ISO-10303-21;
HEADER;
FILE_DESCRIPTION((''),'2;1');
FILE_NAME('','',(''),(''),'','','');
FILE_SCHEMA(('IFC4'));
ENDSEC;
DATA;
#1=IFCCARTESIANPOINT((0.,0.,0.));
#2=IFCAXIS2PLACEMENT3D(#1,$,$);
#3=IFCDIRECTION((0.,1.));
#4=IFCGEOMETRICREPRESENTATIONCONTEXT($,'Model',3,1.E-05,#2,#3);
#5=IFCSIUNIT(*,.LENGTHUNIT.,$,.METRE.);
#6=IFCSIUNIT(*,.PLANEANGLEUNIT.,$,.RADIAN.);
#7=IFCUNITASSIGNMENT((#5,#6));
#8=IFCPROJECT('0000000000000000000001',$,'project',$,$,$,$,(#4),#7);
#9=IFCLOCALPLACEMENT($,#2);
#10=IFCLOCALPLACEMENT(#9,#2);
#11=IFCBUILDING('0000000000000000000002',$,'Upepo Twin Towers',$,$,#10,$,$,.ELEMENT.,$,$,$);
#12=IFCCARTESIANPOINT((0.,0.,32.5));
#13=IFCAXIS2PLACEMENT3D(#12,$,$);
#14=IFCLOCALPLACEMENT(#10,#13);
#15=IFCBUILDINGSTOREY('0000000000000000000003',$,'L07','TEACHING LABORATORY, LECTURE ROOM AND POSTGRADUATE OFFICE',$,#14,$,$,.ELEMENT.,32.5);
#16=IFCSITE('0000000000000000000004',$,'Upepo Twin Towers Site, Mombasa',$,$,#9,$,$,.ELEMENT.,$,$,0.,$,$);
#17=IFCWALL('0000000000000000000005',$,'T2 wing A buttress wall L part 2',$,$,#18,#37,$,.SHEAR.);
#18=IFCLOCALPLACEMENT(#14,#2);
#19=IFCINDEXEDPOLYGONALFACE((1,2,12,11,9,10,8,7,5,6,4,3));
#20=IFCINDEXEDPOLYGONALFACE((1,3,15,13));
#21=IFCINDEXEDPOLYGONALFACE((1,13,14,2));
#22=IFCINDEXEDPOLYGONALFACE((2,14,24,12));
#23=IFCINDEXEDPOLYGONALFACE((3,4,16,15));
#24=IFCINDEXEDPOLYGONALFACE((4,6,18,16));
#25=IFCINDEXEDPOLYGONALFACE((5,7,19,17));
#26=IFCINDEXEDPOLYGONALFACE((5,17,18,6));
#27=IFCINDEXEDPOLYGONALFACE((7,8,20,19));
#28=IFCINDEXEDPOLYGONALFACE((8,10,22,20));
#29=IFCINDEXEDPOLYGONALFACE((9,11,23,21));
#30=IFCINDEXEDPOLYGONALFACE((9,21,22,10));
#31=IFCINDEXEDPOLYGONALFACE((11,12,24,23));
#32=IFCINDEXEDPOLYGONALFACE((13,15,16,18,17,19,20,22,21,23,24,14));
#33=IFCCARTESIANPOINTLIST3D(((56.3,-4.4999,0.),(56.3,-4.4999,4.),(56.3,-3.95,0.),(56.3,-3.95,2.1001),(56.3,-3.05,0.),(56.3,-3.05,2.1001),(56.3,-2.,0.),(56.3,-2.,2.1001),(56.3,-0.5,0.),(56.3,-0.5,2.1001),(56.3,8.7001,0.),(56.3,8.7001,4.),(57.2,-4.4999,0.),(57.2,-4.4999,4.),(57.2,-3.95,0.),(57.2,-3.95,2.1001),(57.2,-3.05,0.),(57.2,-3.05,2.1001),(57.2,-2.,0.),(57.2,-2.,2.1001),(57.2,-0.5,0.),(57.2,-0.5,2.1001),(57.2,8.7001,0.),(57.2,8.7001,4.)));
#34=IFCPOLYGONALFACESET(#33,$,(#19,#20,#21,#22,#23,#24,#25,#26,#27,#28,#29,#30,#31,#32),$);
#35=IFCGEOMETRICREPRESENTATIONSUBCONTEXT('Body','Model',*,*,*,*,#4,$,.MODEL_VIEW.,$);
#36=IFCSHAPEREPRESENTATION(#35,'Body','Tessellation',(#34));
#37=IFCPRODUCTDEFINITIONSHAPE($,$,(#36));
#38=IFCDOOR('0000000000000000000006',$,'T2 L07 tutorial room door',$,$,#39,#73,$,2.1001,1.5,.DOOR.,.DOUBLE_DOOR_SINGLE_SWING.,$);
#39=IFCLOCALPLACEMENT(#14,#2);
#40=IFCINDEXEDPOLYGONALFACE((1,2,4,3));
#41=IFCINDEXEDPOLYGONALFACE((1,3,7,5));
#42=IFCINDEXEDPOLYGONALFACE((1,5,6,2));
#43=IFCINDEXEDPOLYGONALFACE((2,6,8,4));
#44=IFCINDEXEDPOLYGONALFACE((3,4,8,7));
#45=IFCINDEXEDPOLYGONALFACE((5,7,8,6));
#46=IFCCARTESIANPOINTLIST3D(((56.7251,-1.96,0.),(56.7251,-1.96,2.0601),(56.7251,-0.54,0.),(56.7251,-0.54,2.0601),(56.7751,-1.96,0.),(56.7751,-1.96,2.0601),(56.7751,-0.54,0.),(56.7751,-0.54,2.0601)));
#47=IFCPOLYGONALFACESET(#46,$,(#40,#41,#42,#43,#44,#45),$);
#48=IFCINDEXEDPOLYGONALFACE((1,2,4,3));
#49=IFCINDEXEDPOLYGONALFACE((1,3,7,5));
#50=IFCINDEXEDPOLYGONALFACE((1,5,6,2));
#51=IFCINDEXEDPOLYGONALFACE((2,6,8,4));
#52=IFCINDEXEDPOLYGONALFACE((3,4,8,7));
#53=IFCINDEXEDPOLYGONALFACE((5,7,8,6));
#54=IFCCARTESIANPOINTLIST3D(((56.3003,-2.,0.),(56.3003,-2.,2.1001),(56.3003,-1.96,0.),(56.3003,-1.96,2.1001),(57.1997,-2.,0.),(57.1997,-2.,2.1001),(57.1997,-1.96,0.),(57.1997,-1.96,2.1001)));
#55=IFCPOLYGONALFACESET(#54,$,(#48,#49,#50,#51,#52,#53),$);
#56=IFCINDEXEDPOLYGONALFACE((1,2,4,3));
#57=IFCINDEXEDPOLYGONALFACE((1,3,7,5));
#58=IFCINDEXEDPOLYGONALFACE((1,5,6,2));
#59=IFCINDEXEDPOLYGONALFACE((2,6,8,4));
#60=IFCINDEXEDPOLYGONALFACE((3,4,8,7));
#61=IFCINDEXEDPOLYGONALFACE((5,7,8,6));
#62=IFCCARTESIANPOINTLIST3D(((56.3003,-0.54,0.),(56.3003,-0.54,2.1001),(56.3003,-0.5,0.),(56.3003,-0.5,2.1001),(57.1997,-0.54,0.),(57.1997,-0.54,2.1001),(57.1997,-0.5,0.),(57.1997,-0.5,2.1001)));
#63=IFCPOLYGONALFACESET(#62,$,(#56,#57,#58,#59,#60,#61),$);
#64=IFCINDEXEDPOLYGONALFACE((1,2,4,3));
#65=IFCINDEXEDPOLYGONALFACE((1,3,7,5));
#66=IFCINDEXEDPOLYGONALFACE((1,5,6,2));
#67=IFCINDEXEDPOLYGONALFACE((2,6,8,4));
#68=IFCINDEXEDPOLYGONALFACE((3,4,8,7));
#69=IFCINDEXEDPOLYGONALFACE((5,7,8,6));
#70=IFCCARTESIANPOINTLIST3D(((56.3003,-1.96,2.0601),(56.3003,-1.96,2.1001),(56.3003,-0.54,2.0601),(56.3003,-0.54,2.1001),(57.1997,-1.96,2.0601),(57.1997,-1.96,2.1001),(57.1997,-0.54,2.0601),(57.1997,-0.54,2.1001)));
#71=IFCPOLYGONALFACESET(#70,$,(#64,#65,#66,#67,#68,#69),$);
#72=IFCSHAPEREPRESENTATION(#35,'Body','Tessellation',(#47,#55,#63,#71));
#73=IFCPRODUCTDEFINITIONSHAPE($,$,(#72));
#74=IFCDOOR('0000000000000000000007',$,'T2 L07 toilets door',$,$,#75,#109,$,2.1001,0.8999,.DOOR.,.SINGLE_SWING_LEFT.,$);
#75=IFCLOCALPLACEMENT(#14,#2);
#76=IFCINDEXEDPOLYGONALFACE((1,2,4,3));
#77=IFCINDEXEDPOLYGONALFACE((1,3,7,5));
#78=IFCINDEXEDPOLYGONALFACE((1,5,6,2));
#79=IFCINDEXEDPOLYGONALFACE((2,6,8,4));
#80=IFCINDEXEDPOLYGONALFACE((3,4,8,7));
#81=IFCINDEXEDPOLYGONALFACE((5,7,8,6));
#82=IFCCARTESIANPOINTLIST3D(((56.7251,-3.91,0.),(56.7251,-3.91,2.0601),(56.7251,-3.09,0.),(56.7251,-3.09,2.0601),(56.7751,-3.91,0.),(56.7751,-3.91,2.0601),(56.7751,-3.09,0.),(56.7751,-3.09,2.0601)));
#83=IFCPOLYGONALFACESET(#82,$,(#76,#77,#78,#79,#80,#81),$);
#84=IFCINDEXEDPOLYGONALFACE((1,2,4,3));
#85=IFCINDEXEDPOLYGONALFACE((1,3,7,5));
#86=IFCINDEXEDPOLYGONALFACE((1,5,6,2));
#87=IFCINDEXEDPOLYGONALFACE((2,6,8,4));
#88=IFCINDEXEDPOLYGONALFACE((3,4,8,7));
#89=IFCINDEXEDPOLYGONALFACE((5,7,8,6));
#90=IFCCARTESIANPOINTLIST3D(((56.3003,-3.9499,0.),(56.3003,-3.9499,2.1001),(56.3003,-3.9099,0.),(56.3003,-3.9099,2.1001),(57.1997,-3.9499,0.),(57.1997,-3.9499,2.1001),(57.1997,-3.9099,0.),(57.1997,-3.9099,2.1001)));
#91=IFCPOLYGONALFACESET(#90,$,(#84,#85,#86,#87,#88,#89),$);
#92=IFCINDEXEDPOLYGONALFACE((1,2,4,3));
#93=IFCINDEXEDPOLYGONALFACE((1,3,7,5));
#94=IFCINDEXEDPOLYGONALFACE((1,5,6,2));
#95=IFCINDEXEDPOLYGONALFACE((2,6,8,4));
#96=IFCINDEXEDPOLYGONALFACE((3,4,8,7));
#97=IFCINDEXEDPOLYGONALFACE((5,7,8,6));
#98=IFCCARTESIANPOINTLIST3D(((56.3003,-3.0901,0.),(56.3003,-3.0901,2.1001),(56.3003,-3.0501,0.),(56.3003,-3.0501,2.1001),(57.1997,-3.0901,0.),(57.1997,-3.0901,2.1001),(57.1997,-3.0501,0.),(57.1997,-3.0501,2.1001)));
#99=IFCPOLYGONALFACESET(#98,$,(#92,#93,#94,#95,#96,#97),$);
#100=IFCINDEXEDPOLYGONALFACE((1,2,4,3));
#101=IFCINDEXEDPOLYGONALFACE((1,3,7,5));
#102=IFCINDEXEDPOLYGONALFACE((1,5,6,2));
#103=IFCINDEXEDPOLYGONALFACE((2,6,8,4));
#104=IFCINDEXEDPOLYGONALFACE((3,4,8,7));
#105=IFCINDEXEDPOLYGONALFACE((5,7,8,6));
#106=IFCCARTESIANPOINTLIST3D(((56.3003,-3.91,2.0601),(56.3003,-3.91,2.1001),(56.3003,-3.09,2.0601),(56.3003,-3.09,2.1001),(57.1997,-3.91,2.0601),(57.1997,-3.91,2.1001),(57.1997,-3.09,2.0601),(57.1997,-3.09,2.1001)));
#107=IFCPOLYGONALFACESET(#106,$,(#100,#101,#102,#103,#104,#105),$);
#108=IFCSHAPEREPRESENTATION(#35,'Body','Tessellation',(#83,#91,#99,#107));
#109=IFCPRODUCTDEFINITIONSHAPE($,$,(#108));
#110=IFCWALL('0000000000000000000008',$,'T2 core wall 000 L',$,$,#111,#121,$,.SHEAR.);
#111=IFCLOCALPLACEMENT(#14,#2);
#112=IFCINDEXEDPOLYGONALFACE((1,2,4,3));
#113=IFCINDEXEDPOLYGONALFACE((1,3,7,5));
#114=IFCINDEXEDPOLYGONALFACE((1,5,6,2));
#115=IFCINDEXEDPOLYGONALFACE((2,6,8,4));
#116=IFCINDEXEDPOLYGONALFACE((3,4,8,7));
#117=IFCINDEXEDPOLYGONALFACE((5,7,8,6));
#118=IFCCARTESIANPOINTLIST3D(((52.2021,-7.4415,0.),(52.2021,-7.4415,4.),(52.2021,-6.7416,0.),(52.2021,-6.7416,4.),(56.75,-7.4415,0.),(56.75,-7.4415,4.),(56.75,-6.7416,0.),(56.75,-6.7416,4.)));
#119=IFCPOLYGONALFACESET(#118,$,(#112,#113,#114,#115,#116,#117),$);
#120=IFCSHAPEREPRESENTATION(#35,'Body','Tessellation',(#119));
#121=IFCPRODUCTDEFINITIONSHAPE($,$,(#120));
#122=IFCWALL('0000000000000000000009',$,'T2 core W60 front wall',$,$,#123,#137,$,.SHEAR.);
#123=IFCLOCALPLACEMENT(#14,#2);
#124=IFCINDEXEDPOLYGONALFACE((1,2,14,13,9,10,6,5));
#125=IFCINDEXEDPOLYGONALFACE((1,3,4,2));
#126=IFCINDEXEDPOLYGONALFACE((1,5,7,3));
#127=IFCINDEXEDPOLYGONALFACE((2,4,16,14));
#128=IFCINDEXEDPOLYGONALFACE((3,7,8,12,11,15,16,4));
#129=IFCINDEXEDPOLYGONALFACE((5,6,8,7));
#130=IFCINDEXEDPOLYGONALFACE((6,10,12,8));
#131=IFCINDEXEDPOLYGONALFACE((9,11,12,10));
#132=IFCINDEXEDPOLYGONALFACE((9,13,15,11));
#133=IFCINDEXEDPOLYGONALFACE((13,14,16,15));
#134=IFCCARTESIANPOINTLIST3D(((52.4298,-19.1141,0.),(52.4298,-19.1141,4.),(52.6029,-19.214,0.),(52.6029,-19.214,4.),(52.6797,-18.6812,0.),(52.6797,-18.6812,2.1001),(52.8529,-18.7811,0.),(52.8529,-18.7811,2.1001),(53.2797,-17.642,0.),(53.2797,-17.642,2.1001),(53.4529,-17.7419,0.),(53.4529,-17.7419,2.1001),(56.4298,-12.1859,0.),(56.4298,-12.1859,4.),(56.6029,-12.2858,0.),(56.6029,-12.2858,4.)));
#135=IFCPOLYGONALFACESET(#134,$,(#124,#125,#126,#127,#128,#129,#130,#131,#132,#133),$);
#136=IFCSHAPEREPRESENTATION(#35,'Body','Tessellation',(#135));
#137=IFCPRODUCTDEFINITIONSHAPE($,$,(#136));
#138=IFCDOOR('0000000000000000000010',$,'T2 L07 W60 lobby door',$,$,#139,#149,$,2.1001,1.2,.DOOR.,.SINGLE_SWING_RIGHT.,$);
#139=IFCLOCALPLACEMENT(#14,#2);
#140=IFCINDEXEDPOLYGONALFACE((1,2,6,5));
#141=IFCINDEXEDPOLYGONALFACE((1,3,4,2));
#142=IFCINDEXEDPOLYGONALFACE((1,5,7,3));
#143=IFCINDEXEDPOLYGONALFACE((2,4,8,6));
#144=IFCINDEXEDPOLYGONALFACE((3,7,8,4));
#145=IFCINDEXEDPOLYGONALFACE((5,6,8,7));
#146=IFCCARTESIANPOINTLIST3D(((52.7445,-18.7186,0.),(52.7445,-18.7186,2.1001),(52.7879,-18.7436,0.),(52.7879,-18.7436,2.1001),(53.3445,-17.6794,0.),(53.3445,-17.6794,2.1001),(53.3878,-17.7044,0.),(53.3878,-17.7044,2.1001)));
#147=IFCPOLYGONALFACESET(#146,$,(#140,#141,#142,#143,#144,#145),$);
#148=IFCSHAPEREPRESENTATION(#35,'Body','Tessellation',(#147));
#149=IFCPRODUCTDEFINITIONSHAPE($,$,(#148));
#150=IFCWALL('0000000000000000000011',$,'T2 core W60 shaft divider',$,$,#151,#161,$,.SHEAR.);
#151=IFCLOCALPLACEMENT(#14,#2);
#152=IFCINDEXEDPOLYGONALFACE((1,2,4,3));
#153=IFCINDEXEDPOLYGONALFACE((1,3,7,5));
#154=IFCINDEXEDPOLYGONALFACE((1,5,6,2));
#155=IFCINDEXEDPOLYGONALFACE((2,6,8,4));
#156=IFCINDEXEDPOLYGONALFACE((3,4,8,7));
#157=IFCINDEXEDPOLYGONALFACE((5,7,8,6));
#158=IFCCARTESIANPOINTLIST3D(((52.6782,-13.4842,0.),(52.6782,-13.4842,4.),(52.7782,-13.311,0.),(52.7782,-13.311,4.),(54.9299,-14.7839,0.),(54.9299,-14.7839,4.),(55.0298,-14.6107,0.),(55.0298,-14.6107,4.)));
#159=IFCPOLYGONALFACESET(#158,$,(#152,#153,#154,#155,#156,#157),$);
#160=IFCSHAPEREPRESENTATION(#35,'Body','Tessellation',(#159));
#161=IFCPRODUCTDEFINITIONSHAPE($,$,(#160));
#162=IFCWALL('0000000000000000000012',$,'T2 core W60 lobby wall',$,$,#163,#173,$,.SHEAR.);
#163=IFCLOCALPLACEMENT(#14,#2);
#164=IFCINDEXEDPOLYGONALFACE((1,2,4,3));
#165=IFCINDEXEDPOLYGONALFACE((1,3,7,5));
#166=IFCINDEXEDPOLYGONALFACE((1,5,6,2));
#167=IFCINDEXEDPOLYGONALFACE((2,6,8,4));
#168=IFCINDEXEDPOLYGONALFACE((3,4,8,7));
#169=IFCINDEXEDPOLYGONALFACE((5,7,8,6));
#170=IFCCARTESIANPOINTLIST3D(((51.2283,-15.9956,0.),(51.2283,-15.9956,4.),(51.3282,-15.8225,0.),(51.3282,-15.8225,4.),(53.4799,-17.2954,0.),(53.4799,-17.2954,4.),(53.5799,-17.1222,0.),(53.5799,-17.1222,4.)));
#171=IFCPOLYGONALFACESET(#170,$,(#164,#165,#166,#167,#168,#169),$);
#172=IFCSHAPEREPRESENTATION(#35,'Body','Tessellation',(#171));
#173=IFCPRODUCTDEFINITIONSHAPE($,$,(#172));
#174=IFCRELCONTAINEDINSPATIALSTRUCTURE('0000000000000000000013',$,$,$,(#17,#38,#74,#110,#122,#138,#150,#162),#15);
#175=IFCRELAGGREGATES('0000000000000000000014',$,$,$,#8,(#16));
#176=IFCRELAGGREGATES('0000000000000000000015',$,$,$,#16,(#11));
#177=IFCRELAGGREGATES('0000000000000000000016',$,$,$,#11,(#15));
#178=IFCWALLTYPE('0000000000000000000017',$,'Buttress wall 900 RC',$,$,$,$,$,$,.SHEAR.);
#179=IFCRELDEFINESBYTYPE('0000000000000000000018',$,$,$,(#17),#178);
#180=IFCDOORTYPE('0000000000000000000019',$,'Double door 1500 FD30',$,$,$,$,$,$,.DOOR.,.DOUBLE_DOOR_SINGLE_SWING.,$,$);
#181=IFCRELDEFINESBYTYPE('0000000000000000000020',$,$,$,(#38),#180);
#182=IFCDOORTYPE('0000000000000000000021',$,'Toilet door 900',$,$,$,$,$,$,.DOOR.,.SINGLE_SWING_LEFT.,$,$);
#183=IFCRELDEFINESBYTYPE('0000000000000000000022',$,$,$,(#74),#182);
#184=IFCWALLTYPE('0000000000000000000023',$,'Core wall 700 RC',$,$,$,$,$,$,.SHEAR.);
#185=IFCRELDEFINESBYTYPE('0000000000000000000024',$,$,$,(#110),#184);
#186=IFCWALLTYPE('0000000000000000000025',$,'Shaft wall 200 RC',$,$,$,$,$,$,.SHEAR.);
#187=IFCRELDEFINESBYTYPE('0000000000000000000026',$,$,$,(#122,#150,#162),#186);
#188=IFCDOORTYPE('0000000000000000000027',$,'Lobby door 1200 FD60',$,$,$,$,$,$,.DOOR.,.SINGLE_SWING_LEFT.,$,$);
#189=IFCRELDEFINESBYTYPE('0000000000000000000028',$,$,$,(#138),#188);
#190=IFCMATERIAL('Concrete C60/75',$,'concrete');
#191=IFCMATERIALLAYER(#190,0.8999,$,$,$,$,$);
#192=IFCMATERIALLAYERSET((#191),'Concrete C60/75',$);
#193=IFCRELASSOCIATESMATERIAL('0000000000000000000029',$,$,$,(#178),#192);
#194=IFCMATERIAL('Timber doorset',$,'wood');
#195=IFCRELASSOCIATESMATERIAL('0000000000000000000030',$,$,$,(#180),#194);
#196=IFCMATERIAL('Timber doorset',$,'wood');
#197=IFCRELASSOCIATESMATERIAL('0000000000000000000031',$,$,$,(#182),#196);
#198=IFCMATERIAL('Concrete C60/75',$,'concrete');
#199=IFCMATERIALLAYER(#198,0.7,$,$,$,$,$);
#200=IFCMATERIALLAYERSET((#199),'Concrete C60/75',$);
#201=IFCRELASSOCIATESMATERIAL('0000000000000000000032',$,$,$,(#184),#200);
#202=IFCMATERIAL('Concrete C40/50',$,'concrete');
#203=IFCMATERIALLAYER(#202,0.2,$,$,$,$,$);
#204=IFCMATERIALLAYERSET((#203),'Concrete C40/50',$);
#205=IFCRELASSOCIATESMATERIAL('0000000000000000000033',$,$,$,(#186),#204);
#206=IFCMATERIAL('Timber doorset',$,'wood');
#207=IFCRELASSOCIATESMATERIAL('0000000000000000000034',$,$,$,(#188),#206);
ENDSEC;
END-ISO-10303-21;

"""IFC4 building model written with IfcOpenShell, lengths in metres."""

from ifc_helpers import new_model, si_unit, direction, frame, frame_2d, origin, place, context, subcontext, project, spatial, rectangle, extrude, material, layer, layer_set, type_object, element, fill, save


model = new_model("IFC4")

# Units and contexts
model_context = context("Model", 3, precision=1e-05, world=origin(), true_north=direction((0.0, 1.0)))
body_context = subcontext(model_context, "Body", "Model", "MODEL_VIEW")
ifc_project = project(units=[si_unit("LENGTHUNIT", "METRE"), si_unit("PLANEANGLEUNIT", "RADIAN")], contexts=[model_context])

# Site, building, storey
site_placement = place(None, origin())
site = spatial("IfcSite", under=ifc_project, at=site_placement, Name="Upepo Twin Towers Site, Mombasa", CompositionType="ELEMENT", RefElevation=0.0)
building_placement = place(site_placement, origin())
building = spatial("IfcBuilding", under=site, at=building_placement, Name="Upepo Twin Towers", CompositionType="ELEMENT")
storey_placement = place(building_placement, frame((0.0, 0.0, 32.5)))
storey = spatial("IfcBuildingStorey", under=building, at=storey_placement, Name="L07", Description="TEACHING LABORATORY, LECTURE ROOM AND POSTGRADUATE OFFICE", CompositionType="ELEMENT", Elevation=32.5)

# Wall, openings, doors
ifc_material_1 = material(Name="Concrete C60/75", Category="concrete")
ifc_layer_1 = layer(ifc_material_1, 0.8999)
ifc_layer_set_1 = layer_set([ifc_layer_1], Name="Concrete C60/75")
wall_type_1 = type_object("IfcWallType", Name="Buttress wall 900 RC", PredefinedType="SHEAR", material=ifc_layer_set_1)
wall_1_placement = place(storey_placement, frame((56.75, -4.5, 0.0), z_axis=(0.0, 0.0, 1.0), x_axis=(0.0, 1.0, 0.0)))
wall_1 = element("IfcWall", 1, at=wall_1_placement, inside=storey, type_object=wall_type_1, Name="T2 wing A buttress wall L part 2", PredefinedType="SHEAR", context=body_context, shape_type="SweptSolid", body=[
    extrude(rectangle(XDim=13.2, YDim=0.8999, at=frame_2d((6.6001, 0.0))), origin(), (0.0, 0.0, 1.0), 4.0),
])
opening_1_placement = place(wall_1_placement, frame((0.55, 0.0, 0.0)))
opening_1 = element("IfcOpeningElement", 2, at=opening_1_placement, cuts=wall_1, PredefinedType="OPENING", context=body_context, shape_type="SweptSolid", body=[
    extrude(rectangle(XDim=0.8999, YDim=2.1001, at=frame_2d((0.45, 1.05))), frame((0.0, 0.46, 0.0), z_axis=(0.0, -1.0, 0.0), x_axis=(1.0, 0.0, 0.0)), (0.0, 0.0, 1.0), 0.9199),
])
opening_2_placement = place(wall_1_placement, frame((2.5, 0.0, 0.0)))
opening_2 = element("IfcOpeningElement", 3, at=opening_2_placement, cuts=wall_1, PredefinedType="OPENING", context=body_context, shape_type="SweptSolid", body=[
    extrude(rectangle(XDim=1.5, YDim=2.1001, at=frame_2d((0.75, 1.05))), frame((0.0, 0.46, 0.0), z_axis=(0.0, -1.0, 0.0), x_axis=(1.0, 0.0, 0.0)), (0.0, 0.0, 1.0), 0.9199),
])
ifc_material_2 = material(Name="Timber doorset", Category="wood")
door_type_1 = type_object("IfcDoorType", Name="Double door 1500 FD30", OperationType="DOUBLE_DOOR_SINGLE_SWING", PredefinedType="DOOR", material=ifc_material_2)
door_1_placement = place(opening_2_placement, origin())
door_1 = element("IfcDoor", 4, at=door_1_placement, inside=storey, type_object=door_type_1, Name="T2 L07 tutorial room door", OperationType="DOUBLE_DOOR_SINGLE_SWING", OverallHeight=2.1001, OverallWidth=1.5, PredefinedType="DOOR", context=body_context, shape_type="SweptSolid", body=[
    extrude(rectangle(XDim=1.42, YDim=2.0601, at=frame_2d((0.75, 1.03))), frame((0.0, 0.0249, 0.0), z_axis=(0.0, -1.0, 0.0), x_axis=(1.0, 0.0, 0.0)), (0.0, 0.0, 1.0), 0.05),
    extrude(rectangle(XDim=0.04, YDim=2.1001, at=frame_2d((0.02, 1.05))), frame((0.0, 0.4497, 0.0), z_axis=(0.0, -1.0, 0.0), x_axis=(1.0, 0.0, 0.0)), (0.0, 0.0, 1.0), 0.8994),
    extrude(rectangle(XDim=0.04, YDim=2.1001, at=frame_2d((1.48, 1.05))), frame((0.0, 0.4497, 0.0), z_axis=(0.0, -1.0, 0.0), x_axis=(1.0, 0.0, 0.0)), (0.0, 0.0, 1.0), 0.8994),
    extrude(rectangle(XDim=1.42, YDim=0.04, at=frame_2d((0.75, 2.0801))), frame((0.0, 0.4497, 0.0), z_axis=(0.0, -1.0, 0.0), x_axis=(1.0, 0.0, 0.0)), (0.0, 0.0, 1.0), 0.8994),
])
fill(opening_2, door_1)
ifc_material_3 = material(Name="Timber doorset", Category="wood")
door_type_2 = type_object("IfcDoorType", Name="Toilet door 900", OperationType="SINGLE_SWING_LEFT", PredefinedType="DOOR", material=ifc_material_3)
door_2_placement = place(opening_1_placement, origin())
door_2 = element("IfcDoor", 5, at=door_2_placement, inside=storey, type_object=door_type_2, Name="T2 L07 toilets door", OperationType="SINGLE_SWING_LEFT", OverallHeight=2.1001, OverallWidth=0.8999, PredefinedType="DOOR", context=body_context, shape_type="SweptSolid", body=[
    extrude(rectangle(XDim=0.8199, YDim=2.0601, at=frame_2d((0.45, 1.03))), frame((0.0, 0.0249, 0.0), z_axis=(0.0, -1.0, 0.0), x_axis=(1.0, 0.0, 0.0)), (0.0, 0.0, 1.0), 0.05),
    extrude(rectangle(XDim=0.04, YDim=2.1001, at=frame_2d((0.02, 1.05))), frame((0.0, 0.4497, 0.0), z_axis=(0.0, -1.0, 0.0), x_axis=(1.0, 0.0, 0.0)), (0.0, 0.0, 1.0), 0.8994),
    extrude(rectangle(XDim=0.04, YDim=2.1001, at=frame_2d((0.8799, 1.05))), frame((0.0, 0.4497, 0.0), z_axis=(0.0, -1.0, 0.0), x_axis=(1.0, 0.0, 0.0)), (0.0, 0.0, 1.0), 0.8994),
    extrude(rectangle(XDim=0.8199, YDim=0.04, at=frame_2d((0.45, 2.0801))), frame((0.0, 0.4497, 0.0), z_axis=(0.0, -1.0, 0.0), x_axis=(1.0, 0.0, 0.0)), (0.0, 0.0, 1.0), 0.8994),
])
fill(opening_1, door_2)

# Wall
ifc_material_4 = material(Name="Concrete C60/75", Category="concrete")
ifc_layer_2 = layer(ifc_material_4, 0.7)
ifc_layer_set_2 = layer_set([ifc_layer_2], Name="Concrete C60/75")
wall_type_2 = type_object("IfcWallType", Name="Core wall 700 RC", PredefinedType="SHEAR", material=ifc_layer_set_2)
wall_2_placement = place(storey_placement, frame((56.75, -7.0916, 0.0), z_axis=(0.0, 0.0, 1.0), x_axis=(-1.0, 0.0, 0.0)))
element("IfcWall", 6, at=wall_2_placement, inside=storey, type_object=wall_type_2, Name="T2 core wall 000 L", PredefinedType="SHEAR", context=body_context, shape_type="SweptSolid", body=[
    extrude(rectangle(XDim=4.5479, YDim=0.7, at=frame_2d((2.2739, 0.0))), origin(), (0.0, 0.0, 1.0), 4.0),
])

# Wall, opening, door
ifc_material_5 = material(Name="Concrete C40/50", Category="concrete")
ifc_layer_3 = layer(ifc_material_5, 0.2)
ifc_layer_set_3 = layer_set([ifc_layer_3], Name="Concrete C40/50")
wall_type_3 = type_object("IfcWallType", Name="Shaft wall 200 RC", PredefinedType="SHEAR", material=ifc_layer_set_3)
wall_3_placement = place(storey_placement, frame((56.5164, -12.2358, 0.0), z_axis=(0.0, 0.0, 1.0), x_axis=(-0.499999, -0.866026, 0.0)))
wall_3 = element("IfcWall", 7, at=wall_3_placement, inside=storey, type_object=wall_type_3, Name="T2 core W60 front wall", PredefinedType="SHEAR", context=body_context, shape_type="SweptSolid", body=[
    extrude(rectangle(XDim=8.0, YDim=0.2, at=frame_2d((4.0, 0.0))), origin(), (0.0, 0.0, 1.0), 4.0),
])
opening_3_placement = place(wall_3_placement, frame((6.3, 0.0, 0.0)))
opening_3 = element("IfcOpeningElement", 8, at=opening_3_placement, cuts=wall_3, PredefinedType="OPENING", context=body_context, shape_type="SweptSolid", body=[
    extrude(rectangle(XDim=1.2, YDim=2.1001, at=frame_2d((0.6001, 1.05))), frame((0.0, 0.1099, 0.0), z_axis=(0.0, -1.0, 0.0), x_axis=(1.0, 0.0, 0.0)), (0.0, 0.0, 1.0), 0.22),
])
ifc_material_6 = material(Name="Timber doorset", Category="wood")
door_type_3 = type_object("IfcDoorType", Name="Lobby door 1200 FD60", OperationType="SINGLE_SWING_LEFT", PredefinedType="DOOR", material=ifc_material_6)
door_3_placement = place(opening_3_placement, origin())
door_3 = element("IfcDoor", 9, at=door_3_placement, inside=storey, type_object=door_type_3, Name="T2 L07 W60 lobby door", OperationType="SINGLE_SWING_RIGHT", OverallHeight=2.1001, OverallWidth=1.2, PredefinedType="DOOR", context=body_context, shape_type="SweptSolid", body=[
    extrude(rectangle(XDim=1.2, YDim=2.1001, at=frame_2d((0.6001, 1.05))), frame((0.0, 0.0249, 0.0), z_axis=(0.0, -1.0, 0.0), x_axis=(1.0, 0.0, 0.0)), (0.0, 0.0, 1.0), 0.05),
])
fill(opening_3, door_3)

# Walls
for number, where, z_axis, x_axis, name in (
    (10, (54.9797, -14.6973, 0.0), (0.0, 0.0, 1.0), (-0.866062, 0.499937, 0.0), "T2 core W60 shaft divider"),
    (11, (53.5298, -17.2087, 0.0), (0.0, 0.0, 1.0), (-0.866062, 0.499937, 0.0), "T2 core W60 lobby wall"),
):
    element("IfcWall", number, at=place(storey_placement, frame(where, z_axis=z_axis, x_axis=x_axis)), inside=storey, type_object=wall_type_3, Name=name, PredefinedType="SHEAR", context=body_context, shape_type="SweptSolid", body=[
        extrude(rectangle(XDim=2.5999, YDim=0.2, at=frame_2d((1.2998, 0.0))), origin(), (0.0, 0.0, 1.0), 4.0),
    ])

save(model, "model.ifc")
